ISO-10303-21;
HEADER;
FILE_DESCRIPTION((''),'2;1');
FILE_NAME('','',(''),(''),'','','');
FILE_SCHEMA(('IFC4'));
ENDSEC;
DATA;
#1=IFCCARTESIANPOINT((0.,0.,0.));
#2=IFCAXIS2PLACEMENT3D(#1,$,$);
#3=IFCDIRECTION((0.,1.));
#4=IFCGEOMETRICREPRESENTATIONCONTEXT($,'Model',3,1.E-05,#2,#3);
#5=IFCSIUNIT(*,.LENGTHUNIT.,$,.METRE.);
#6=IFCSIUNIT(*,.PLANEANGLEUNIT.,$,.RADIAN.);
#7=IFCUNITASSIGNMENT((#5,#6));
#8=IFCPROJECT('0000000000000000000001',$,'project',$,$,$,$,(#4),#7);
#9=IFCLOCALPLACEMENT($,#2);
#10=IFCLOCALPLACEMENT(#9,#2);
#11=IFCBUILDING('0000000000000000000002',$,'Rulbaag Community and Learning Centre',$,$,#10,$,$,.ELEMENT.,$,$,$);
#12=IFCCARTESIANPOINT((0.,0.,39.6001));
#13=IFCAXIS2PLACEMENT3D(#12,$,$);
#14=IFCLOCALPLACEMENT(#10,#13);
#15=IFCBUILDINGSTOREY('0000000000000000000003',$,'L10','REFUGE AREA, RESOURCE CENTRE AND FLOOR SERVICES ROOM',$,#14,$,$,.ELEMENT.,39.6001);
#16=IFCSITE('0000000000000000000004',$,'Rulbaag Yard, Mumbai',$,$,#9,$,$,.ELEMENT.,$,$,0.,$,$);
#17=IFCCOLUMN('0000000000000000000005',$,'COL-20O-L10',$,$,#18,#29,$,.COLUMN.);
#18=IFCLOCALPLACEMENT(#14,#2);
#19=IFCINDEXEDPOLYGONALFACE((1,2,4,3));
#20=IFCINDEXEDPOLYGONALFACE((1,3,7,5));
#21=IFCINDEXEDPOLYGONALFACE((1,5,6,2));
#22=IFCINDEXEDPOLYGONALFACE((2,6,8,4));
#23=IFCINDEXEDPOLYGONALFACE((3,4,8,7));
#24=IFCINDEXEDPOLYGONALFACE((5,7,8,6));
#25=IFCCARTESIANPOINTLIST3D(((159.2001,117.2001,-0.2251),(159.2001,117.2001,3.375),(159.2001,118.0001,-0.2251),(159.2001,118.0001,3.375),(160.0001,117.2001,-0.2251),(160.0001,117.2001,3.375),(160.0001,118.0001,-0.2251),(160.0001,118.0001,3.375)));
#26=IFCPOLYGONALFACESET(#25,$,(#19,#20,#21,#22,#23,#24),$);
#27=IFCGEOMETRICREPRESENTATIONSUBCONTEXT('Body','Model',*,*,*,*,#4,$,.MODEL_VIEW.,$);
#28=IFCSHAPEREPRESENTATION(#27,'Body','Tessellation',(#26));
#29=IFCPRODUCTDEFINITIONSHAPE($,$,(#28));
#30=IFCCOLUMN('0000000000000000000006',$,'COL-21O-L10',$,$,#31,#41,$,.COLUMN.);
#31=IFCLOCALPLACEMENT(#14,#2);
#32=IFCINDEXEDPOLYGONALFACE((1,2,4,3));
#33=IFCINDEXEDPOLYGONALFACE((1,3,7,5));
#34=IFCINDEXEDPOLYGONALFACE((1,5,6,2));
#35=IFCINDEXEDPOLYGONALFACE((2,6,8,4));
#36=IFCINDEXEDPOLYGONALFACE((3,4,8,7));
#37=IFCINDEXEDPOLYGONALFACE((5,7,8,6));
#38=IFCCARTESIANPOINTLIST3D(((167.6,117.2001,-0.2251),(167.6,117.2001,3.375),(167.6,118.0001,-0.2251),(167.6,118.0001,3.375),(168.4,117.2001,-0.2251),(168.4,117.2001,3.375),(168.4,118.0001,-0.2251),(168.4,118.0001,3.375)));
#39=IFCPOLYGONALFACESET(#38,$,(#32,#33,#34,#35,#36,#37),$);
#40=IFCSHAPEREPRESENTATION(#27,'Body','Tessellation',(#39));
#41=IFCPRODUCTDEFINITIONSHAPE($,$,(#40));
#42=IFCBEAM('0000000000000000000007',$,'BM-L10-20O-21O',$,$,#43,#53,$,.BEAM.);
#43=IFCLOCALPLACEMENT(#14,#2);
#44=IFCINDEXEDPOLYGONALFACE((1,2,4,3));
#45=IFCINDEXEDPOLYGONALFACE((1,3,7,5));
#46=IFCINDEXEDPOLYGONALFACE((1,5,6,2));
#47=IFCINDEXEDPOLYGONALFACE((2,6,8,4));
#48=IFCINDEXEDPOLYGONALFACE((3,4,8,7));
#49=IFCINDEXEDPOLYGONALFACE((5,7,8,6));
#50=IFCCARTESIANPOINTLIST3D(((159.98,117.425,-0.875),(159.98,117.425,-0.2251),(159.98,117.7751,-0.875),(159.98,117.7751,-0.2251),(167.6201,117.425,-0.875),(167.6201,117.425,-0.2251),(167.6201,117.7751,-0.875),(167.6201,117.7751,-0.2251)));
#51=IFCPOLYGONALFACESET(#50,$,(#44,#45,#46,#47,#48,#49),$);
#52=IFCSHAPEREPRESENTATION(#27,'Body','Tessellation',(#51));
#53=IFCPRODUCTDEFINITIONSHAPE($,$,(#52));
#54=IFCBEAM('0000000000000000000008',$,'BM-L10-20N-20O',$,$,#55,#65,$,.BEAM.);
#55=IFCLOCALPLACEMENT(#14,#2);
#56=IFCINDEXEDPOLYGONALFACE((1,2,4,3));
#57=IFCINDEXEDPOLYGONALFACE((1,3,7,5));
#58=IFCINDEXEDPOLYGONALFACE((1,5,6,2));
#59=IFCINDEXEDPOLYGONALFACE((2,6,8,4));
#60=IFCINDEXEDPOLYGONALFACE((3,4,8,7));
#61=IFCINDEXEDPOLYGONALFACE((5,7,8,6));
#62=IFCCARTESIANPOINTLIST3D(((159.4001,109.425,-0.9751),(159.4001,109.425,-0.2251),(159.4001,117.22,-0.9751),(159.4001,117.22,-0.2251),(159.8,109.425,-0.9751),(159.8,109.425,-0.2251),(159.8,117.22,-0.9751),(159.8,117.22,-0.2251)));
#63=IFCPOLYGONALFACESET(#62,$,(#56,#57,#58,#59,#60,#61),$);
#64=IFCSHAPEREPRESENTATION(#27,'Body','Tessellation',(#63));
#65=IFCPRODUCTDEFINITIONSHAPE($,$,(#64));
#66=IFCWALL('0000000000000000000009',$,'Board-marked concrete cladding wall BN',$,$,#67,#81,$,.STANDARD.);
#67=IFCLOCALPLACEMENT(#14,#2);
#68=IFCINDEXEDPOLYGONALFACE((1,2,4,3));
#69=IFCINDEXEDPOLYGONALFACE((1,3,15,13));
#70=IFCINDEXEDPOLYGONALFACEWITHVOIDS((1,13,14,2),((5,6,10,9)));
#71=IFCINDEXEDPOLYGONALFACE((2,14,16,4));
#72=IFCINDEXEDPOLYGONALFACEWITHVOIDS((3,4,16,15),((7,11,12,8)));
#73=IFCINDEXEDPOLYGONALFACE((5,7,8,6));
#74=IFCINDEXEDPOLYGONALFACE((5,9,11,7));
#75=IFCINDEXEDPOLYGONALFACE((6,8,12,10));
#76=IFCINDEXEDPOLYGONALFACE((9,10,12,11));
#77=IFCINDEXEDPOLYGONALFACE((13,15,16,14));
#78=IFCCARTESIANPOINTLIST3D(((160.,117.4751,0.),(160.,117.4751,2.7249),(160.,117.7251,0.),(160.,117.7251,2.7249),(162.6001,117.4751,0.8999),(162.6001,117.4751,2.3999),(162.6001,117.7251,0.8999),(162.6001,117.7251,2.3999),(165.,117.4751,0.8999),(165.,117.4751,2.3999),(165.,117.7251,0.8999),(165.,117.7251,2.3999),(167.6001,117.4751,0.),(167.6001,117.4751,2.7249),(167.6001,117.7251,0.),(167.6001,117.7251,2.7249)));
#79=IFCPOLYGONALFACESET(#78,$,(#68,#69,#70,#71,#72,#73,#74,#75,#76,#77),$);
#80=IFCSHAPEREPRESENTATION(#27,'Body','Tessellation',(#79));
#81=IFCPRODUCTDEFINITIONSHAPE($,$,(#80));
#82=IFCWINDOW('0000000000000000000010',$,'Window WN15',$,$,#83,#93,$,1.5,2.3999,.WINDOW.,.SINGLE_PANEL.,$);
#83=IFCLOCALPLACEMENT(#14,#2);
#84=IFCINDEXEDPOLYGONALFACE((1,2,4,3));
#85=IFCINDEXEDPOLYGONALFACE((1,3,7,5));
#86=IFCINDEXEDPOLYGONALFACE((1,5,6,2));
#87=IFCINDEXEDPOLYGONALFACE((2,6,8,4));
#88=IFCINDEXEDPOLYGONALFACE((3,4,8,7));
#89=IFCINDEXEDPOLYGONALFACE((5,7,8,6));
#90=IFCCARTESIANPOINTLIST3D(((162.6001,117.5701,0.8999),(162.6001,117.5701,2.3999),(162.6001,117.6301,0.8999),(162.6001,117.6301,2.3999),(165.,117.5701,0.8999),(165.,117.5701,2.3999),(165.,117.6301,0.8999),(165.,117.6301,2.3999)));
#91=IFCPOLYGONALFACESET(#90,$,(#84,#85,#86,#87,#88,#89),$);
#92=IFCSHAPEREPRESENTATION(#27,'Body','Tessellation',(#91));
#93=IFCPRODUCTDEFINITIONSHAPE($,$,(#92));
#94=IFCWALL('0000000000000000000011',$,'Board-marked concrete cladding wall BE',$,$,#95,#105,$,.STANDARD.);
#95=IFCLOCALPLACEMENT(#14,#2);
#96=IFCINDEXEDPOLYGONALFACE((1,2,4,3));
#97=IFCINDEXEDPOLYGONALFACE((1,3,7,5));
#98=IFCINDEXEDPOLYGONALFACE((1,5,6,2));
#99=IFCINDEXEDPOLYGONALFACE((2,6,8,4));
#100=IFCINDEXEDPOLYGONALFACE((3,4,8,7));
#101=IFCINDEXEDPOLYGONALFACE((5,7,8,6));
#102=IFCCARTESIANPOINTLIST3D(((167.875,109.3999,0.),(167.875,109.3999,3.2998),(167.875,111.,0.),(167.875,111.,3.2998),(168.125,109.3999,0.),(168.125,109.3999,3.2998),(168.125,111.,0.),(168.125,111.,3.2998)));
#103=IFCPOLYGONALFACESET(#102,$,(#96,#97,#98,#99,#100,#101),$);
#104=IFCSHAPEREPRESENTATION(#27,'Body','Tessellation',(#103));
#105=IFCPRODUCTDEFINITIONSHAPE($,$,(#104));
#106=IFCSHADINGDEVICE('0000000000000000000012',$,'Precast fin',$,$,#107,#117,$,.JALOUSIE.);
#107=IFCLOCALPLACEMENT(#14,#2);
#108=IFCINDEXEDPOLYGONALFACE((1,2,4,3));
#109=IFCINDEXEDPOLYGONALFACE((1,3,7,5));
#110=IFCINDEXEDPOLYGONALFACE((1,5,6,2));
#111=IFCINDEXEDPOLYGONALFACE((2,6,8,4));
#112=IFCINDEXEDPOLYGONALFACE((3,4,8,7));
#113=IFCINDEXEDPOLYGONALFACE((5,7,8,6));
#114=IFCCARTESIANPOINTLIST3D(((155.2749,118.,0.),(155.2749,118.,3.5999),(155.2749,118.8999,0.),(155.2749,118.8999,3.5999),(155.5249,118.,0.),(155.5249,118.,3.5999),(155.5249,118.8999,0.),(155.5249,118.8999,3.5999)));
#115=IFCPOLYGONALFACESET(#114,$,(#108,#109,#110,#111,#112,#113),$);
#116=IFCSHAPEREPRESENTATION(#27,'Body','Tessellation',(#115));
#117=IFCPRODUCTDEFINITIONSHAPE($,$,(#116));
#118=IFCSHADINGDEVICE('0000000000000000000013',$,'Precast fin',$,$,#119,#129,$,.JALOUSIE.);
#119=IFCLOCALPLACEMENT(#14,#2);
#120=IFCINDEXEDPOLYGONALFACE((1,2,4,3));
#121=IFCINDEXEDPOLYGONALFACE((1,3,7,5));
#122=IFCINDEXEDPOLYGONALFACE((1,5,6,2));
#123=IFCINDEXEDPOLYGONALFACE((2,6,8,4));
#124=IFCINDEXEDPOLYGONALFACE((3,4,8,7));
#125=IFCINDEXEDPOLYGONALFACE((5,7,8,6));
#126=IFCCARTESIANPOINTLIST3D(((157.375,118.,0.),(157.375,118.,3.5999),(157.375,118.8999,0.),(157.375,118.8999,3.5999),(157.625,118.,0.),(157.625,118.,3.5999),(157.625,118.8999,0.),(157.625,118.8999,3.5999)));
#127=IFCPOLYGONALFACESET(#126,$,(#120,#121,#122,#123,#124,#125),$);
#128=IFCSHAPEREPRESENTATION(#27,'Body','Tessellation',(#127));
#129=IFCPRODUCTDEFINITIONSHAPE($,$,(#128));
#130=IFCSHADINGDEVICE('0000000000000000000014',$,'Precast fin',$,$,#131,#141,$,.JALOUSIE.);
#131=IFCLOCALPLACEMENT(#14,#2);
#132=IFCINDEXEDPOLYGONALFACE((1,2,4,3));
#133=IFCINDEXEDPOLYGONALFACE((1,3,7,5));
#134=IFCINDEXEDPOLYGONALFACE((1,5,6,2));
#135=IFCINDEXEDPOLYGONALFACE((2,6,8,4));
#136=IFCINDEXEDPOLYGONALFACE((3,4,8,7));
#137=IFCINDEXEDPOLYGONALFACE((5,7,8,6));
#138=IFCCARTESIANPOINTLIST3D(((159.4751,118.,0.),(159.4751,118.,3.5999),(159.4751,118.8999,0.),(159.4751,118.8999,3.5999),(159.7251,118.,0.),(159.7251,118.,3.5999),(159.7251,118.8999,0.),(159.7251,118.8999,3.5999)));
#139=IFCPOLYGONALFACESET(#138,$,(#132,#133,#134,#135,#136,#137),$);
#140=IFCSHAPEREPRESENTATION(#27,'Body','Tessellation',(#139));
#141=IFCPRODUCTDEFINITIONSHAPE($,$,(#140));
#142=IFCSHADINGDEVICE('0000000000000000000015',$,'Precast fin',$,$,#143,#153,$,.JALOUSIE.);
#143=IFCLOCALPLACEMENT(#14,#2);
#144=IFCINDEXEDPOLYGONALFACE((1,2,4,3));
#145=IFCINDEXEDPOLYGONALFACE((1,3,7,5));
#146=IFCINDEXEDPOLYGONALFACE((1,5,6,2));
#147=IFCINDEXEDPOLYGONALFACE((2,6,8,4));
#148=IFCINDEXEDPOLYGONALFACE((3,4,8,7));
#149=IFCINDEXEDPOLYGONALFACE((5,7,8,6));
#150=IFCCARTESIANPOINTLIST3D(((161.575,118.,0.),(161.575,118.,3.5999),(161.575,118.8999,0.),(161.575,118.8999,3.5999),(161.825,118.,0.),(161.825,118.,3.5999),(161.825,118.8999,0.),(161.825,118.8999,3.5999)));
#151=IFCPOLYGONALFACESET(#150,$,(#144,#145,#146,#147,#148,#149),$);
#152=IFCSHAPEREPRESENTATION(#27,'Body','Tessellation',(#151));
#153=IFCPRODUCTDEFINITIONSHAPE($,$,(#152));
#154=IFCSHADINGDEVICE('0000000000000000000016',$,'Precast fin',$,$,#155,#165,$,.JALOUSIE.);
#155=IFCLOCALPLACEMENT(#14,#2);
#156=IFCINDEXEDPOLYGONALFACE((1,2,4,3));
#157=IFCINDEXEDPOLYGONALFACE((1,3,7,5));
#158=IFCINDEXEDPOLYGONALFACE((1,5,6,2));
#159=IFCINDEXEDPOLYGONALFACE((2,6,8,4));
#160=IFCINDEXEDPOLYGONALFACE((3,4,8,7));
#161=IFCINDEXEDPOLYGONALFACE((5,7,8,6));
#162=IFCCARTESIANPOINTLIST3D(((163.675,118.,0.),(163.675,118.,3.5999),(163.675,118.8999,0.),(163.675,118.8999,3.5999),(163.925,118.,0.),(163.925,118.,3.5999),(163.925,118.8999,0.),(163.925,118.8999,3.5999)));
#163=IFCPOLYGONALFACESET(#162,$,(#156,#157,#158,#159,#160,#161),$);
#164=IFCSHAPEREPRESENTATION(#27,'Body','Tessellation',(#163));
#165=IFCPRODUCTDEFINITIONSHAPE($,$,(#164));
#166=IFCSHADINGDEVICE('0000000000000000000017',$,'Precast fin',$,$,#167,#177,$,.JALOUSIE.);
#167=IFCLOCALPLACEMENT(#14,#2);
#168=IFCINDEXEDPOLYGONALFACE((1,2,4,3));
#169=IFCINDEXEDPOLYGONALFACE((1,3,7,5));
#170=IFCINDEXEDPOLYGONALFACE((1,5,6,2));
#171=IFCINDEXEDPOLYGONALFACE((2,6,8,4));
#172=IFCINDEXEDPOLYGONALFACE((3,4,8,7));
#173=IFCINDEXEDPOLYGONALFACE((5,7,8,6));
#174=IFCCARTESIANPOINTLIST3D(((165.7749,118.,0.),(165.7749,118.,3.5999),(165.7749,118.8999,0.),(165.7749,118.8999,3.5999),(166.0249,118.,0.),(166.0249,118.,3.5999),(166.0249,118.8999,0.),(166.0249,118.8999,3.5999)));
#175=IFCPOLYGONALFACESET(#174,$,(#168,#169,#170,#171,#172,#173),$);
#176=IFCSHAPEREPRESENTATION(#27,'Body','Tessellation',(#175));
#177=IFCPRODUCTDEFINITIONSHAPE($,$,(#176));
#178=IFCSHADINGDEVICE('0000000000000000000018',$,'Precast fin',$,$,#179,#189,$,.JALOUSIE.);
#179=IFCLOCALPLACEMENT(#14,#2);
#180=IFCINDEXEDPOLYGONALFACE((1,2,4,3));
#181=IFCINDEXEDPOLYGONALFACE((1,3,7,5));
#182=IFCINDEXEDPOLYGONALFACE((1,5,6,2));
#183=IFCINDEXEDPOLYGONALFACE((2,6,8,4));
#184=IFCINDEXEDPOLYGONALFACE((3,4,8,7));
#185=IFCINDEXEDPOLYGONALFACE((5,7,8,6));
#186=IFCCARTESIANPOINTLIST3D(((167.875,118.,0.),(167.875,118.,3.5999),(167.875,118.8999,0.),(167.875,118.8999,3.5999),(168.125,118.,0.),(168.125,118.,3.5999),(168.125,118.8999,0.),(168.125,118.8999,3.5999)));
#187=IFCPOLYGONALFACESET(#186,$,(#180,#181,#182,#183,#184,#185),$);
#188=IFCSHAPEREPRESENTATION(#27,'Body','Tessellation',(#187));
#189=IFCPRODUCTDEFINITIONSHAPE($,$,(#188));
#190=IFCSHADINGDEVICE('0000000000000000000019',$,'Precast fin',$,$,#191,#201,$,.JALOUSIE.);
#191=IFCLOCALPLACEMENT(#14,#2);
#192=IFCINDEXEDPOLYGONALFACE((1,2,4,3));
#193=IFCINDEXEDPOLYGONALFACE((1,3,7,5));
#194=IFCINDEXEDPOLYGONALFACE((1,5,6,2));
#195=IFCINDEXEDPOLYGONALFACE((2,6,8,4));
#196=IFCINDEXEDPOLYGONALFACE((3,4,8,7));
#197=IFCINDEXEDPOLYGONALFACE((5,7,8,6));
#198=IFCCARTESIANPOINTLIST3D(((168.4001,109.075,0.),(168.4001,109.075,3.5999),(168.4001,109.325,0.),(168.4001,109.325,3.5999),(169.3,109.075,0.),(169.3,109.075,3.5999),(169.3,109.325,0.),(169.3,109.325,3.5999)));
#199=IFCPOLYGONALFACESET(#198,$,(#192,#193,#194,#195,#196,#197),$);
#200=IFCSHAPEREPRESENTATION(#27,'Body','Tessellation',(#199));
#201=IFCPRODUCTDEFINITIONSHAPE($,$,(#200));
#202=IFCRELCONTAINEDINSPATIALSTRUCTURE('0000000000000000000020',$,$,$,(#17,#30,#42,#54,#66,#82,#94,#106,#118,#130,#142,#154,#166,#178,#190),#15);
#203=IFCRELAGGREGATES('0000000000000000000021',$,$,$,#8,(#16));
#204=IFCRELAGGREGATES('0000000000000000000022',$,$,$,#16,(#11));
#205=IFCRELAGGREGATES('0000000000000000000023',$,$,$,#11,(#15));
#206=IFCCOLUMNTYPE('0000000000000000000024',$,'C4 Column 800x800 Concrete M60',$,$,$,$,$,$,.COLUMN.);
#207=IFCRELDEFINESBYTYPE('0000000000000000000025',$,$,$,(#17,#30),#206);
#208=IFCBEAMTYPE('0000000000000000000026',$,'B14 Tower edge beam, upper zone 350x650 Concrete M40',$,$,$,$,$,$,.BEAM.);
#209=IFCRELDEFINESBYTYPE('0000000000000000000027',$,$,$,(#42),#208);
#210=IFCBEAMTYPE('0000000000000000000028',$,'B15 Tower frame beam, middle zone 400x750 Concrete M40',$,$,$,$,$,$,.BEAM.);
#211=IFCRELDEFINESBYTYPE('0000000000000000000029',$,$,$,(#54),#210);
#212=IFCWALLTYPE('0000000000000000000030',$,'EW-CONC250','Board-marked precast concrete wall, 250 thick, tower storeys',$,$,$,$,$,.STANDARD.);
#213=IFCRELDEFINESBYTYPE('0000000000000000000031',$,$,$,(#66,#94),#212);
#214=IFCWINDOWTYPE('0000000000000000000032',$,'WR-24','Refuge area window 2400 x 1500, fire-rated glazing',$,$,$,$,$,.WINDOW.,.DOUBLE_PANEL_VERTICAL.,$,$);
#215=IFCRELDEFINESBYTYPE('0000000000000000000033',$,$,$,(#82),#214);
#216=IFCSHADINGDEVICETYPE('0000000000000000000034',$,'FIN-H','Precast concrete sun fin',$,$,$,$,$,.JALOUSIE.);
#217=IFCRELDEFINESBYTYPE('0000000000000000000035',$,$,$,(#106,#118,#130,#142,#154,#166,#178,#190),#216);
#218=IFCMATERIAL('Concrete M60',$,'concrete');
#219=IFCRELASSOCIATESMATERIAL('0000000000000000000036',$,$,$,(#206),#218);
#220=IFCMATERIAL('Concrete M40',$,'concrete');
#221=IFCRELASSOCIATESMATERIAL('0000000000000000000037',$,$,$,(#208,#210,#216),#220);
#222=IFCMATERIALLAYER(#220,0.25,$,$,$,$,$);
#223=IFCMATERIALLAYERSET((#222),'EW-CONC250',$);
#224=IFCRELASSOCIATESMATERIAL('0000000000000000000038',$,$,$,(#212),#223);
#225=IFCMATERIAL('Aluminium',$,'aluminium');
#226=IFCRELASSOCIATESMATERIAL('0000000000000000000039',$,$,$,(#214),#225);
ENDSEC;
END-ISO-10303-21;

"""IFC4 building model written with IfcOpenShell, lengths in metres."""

from ifc_helpers import new_model, si_unit, direction, frame, frame_2d, origin, origin_2d, place, context, subcontext, project, spatial, rectangle, extrude, material, layer, layer_set, material_profile, profile_set, type_object, element, fill, save


model = new_model("IFC4")

# Units and contexts
model_context = context("Model", 3, precision=1e-05, world=origin(), true_north=direction((0.0, 1.0)))
body_context = subcontext(model_context, "Body", "Model", "MODEL_VIEW")
ifc_project = project(units=[si_unit("LENGTHUNIT", "METRE"), si_unit("PLANEANGLEUNIT", "RADIAN")], contexts=[model_context])

# Site, building, storey
site_placement = place(None, origin())
site = spatial("IfcSite", under=ifc_project, at=site_placement, Name="Rulbaag Yard, Mumbai", CompositionType="ELEMENT", RefElevation=0.0)
building_placement = place(site_placement, origin())
building = spatial("IfcBuilding", under=site, at=building_placement, Name="Rulbaag Community and Learning Centre", CompositionType="ELEMENT")
storey_placement = place(building_placement, frame((0.0, 0.0, 39.6001)))
storey = spatial("IfcBuildingStorey", under=building, at=storey_placement, Name="L10", Description="REFUGE AREA, RESOURCE CENTRE AND FLOOR SERVICES ROOM", CompositionType="ELEMENT", Elevation=39.6001)

# Columns
ifc_material_1 = material(Name="Concrete M60", Category="concrete")
ifc_material_profile_1 = material_profile(ifc_material_1, rectangle(XDim=0.8, YDim=0.8, at=origin_2d()), Name="RC800x800")
ifc_profile_set_1 = profile_set([ifc_material_profile_1], Name="Concrete M60")
column_type = type_object("IfcColumnType", Name="C4 Column 800x800 Concrete M60", PredefinedType="COLUMN", material=ifc_profile_set_1)
for number, where, z_axis, x_axis, name in (
    (1, (159.6001, 117.6001, -0.2251), (0.0, 0.0, 1.0), (1.0, 0.0, 0.0), "COL-20O-L10"),
    (2, (168.0, 117.6001, -0.2251), (0.0, 0.0, 1.0), (1.0, 0.0, 0.0), "COL-21O-L10"),
):
    element("IfcColumn", number, at=place(storey_placement, frame(where, z_axis=z_axis, x_axis=x_axis)), inside=storey, type_object=column_type, Name=name, PredefinedType="COLUMN", context=body_context, shape_type="SweptSolid", body=[
        extrude(rectangle(XDim=0.8, YDim=0.8, at=origin_2d()), origin(), (0.0, 0.0, 1.0), 3.6001),
    ])

# Beams
ifc_material_2 = material(Name="Concrete M40", Category="concrete")
ifc_material_profile_2 = material_profile(ifc_material_2, rectangle(XDim=0.3501, YDim=0.6499, at=origin_2d()), Name="RB350x650")
ifc_profile_set_2 = profile_set([ifc_material_profile_2], Name="Concrete M40")
beam_type_1 = type_object("IfcBeamType", Name="B14 Tower edge beam, upper zone 350x650 Concrete M40", PredefinedType="BEAM", material=ifc_profile_set_2)
beam_1_placement = place(storey_placement, frame((159.98, 117.6001, -0.55), z_axis=(1.0, 0.0, 0.0), x_axis=(0.0, 1.0, 0.0)))
element("IfcBeam", 3, at=beam_1_placement, inside=storey, type_object=beam_type_1, Name="BM-L10-20O-21O", PredefinedType="BEAM", context=body_context, shape_type="SweptSolid", body=[
    extrude(rectangle(XDim=0.3501, YDim=0.6499, at=origin_2d()), origin(), (0.0, 0.0, 1.0), 7.6401),
])
ifc_material_profile_3 = material_profile(ifc_material_2, rectangle(XDim=0.3999, YDim=0.75, at=origin_2d()), Name="RB400x750")
ifc_profile_set_3 = profile_set([ifc_material_profile_3], Name="Concrete M40")
beam_type_2 = type_object("IfcBeamType", Name="B15 Tower frame beam, middle zone 400x750 Concrete M40", PredefinedType="BEAM", material=ifc_profile_set_3)
beam_2_placement = place(storey_placement, frame((159.6001, 109.425, -0.6001), z_axis=(0.0, 1.0, 0.0), x_axis=(-1.0, 0.0, 0.0)))
element("IfcBeam", 4, at=beam_2_placement, inside=storey, type_object=beam_type_2, Name="BM-L10-20N-20O", PredefinedType="BEAM", context=body_context, shape_type="SweptSolid", body=[
    extrude(rectangle(XDim=0.3999, YDim=0.75, at=origin_2d()), origin(), (0.0, 0.0, 1.0), 7.7949),
])

# Wall, opening, window
ifc_layer = layer(ifc_material_2, 0.25)
ifc_layer_set = layer_set([ifc_layer], Name="EW-CONC250")
wall_type = type_object("IfcWallType", Name="EW-CONC250", Description="Board-marked precast concrete wall, 250 thick, tower storeys", PredefinedType="STANDARD", material=ifc_layer_set)
wall_1_placement = place(storey_placement, frame((160.0, 117.6001, 0.0), z_axis=(0.0, 0.0, 1.0), x_axis=(1.0, 0.0, 0.0)))
wall_1 = element("IfcWall", 5, at=wall_1_placement, inside=storey, type_object=wall_type, Name="Board-marked concrete cladding wall BN", PredefinedType="STANDARD", context=body_context, shape_type="SweptSolid", body=[
    extrude(rectangle(XDim=7.6001, YDim=0.25, at=frame_2d((3.8, 0.0))), origin(), (0.0, 0.0, 1.0), 2.7249),
])
opening_placement = place(wall_1_placement, frame((2.6001, 0.0, 0.8999)))
opening = element("IfcOpeningElement", 6, at=opening_placement, cuts=wall_1, PredefinedType="OPENING", context=body_context, shape_type="SweptSolid", body=[
    extrude(rectangle(XDim=2.3999, YDim=1.5, at=frame_2d((1.2, 0.75))), frame((0.0, 0.135, 0.0), z_axis=(0.0, -1.0, 0.0), x_axis=(1.0, 0.0, 0.0)), (0.0, 0.0, 1.0), 0.27),
])
ifc_material_3 = material(Name="Aluminium", Category="aluminium")
window_type = type_object("IfcWindowType", Name="WR-24", Description="Refuge area window 2400 x 1500, fire-rated glazing", PartitioningType="DOUBLE_PANEL_VERTICAL", PredefinedType="WINDOW", material=ifc_material_3)
window_placement = place(opening_placement, origin())
window = element("IfcWindow", 7, at=window_placement, inside=storey, type_object=window_type, Name="Window WN15", OverallHeight=1.5, OverallWidth=2.3999, PartitioningType="SINGLE_PANEL", PredefinedType="WINDOW", context=body_context, shape_type="SweptSolid", body=[
    extrude(rectangle(XDim=2.3999, YDim=1.5, at=frame_2d((1.2, 0.75))), frame((0.0, 0.03, 0.0), z_axis=(0.0, -1.0, 0.0), x_axis=(1.0, 0.0, 0.0)), (0.0, 0.0, 1.0), 0.0601),
])
fill(opening, window)

# Wall
wall_2_placement = place(storey_placement, frame((168.0, 109.3999, 0.0), z_axis=(0.0, 0.0, 1.0), x_axis=(0.0, 1.0, 0.0)))
element("IfcWall", 8, at=wall_2_placement, inside=storey, type_object=wall_type, Name="Board-marked concrete cladding wall BE", PredefinedType="STANDARD", context=body_context, shape_type="SweptSolid", body=[
    extrude(rectangle(XDim=1.6001, YDim=0.25, at=frame_2d((0.8, 0.0))), origin(), (0.0, 0.0, 1.0), 3.2998),
])

# Shading devices
ifc_material_profile_4 = material_profile(ifc_material_2, rectangle(XDim=0.25, YDim=0.8999, at=origin_2d()), Name="PC 250x900")
ifc_profile_set_4 = profile_set([ifc_material_profile_4], Name="Concrete M40")
shading_device_type = type_object("IfcShadingDeviceType", Name="FIN-H", Description="Precast concrete sun fin", PredefinedType="JALOUSIE", material=ifc_profile_set_4)
for number, where, z_axis, x_axis, name in (
    (9, (155.3999, 118.45, 0.0), (0.0, 0.0, 1.0), (1.0, 0.0, 0.0), "Precast fin"),
    (10, (157.5, 118.45, 0.0), (0.0, 0.0, 1.0), (1.0, 0.0, 0.0), "Precast fin"),
    (11, (159.6001, 118.45, 0.0), (0.0, 0.0, 1.0), (1.0, 0.0, 0.0), "Precast fin"),
    (12, (161.7, 118.45, 0.0), (0.0, 0.0, 1.0), (1.0, 0.0, 0.0), "Precast fin"),
    (13, (163.8, 118.45, 0.0), (0.0, 0.0, 1.0), (1.0, 0.0, 0.0), "Precast fin"),
    (14, (165.8999, 118.45, 0.0), (0.0, 0.0, 1.0), (1.0, 0.0, 0.0), "Precast fin"),
    (15, (168.0, 118.45, 0.0), (0.0, 0.0, 1.0), (1.0, 0.0, 0.0), "Precast fin"),
    (16, (168.8501, 109.2, 0.0), (0.0, 0.0, 1.0), (0.0, 1.0, 0.0), "Precast fin"),
):
    element("IfcShadingDevice", number, at=place(storey_placement, frame(where, z_axis=z_axis, x_axis=x_axis)), inside=storey, type_object=shading_device_type, Name=name, PredefinedType="JALOUSIE", context=body_context, shape_type="SweptSolid", body=[
        extrude(rectangle(XDim=0.25, YDim=0.8999, at=origin_2d()), origin(), (0.0, 0.0, 1.0), 3.5999),
    ])

save(model, "model.ifc")
